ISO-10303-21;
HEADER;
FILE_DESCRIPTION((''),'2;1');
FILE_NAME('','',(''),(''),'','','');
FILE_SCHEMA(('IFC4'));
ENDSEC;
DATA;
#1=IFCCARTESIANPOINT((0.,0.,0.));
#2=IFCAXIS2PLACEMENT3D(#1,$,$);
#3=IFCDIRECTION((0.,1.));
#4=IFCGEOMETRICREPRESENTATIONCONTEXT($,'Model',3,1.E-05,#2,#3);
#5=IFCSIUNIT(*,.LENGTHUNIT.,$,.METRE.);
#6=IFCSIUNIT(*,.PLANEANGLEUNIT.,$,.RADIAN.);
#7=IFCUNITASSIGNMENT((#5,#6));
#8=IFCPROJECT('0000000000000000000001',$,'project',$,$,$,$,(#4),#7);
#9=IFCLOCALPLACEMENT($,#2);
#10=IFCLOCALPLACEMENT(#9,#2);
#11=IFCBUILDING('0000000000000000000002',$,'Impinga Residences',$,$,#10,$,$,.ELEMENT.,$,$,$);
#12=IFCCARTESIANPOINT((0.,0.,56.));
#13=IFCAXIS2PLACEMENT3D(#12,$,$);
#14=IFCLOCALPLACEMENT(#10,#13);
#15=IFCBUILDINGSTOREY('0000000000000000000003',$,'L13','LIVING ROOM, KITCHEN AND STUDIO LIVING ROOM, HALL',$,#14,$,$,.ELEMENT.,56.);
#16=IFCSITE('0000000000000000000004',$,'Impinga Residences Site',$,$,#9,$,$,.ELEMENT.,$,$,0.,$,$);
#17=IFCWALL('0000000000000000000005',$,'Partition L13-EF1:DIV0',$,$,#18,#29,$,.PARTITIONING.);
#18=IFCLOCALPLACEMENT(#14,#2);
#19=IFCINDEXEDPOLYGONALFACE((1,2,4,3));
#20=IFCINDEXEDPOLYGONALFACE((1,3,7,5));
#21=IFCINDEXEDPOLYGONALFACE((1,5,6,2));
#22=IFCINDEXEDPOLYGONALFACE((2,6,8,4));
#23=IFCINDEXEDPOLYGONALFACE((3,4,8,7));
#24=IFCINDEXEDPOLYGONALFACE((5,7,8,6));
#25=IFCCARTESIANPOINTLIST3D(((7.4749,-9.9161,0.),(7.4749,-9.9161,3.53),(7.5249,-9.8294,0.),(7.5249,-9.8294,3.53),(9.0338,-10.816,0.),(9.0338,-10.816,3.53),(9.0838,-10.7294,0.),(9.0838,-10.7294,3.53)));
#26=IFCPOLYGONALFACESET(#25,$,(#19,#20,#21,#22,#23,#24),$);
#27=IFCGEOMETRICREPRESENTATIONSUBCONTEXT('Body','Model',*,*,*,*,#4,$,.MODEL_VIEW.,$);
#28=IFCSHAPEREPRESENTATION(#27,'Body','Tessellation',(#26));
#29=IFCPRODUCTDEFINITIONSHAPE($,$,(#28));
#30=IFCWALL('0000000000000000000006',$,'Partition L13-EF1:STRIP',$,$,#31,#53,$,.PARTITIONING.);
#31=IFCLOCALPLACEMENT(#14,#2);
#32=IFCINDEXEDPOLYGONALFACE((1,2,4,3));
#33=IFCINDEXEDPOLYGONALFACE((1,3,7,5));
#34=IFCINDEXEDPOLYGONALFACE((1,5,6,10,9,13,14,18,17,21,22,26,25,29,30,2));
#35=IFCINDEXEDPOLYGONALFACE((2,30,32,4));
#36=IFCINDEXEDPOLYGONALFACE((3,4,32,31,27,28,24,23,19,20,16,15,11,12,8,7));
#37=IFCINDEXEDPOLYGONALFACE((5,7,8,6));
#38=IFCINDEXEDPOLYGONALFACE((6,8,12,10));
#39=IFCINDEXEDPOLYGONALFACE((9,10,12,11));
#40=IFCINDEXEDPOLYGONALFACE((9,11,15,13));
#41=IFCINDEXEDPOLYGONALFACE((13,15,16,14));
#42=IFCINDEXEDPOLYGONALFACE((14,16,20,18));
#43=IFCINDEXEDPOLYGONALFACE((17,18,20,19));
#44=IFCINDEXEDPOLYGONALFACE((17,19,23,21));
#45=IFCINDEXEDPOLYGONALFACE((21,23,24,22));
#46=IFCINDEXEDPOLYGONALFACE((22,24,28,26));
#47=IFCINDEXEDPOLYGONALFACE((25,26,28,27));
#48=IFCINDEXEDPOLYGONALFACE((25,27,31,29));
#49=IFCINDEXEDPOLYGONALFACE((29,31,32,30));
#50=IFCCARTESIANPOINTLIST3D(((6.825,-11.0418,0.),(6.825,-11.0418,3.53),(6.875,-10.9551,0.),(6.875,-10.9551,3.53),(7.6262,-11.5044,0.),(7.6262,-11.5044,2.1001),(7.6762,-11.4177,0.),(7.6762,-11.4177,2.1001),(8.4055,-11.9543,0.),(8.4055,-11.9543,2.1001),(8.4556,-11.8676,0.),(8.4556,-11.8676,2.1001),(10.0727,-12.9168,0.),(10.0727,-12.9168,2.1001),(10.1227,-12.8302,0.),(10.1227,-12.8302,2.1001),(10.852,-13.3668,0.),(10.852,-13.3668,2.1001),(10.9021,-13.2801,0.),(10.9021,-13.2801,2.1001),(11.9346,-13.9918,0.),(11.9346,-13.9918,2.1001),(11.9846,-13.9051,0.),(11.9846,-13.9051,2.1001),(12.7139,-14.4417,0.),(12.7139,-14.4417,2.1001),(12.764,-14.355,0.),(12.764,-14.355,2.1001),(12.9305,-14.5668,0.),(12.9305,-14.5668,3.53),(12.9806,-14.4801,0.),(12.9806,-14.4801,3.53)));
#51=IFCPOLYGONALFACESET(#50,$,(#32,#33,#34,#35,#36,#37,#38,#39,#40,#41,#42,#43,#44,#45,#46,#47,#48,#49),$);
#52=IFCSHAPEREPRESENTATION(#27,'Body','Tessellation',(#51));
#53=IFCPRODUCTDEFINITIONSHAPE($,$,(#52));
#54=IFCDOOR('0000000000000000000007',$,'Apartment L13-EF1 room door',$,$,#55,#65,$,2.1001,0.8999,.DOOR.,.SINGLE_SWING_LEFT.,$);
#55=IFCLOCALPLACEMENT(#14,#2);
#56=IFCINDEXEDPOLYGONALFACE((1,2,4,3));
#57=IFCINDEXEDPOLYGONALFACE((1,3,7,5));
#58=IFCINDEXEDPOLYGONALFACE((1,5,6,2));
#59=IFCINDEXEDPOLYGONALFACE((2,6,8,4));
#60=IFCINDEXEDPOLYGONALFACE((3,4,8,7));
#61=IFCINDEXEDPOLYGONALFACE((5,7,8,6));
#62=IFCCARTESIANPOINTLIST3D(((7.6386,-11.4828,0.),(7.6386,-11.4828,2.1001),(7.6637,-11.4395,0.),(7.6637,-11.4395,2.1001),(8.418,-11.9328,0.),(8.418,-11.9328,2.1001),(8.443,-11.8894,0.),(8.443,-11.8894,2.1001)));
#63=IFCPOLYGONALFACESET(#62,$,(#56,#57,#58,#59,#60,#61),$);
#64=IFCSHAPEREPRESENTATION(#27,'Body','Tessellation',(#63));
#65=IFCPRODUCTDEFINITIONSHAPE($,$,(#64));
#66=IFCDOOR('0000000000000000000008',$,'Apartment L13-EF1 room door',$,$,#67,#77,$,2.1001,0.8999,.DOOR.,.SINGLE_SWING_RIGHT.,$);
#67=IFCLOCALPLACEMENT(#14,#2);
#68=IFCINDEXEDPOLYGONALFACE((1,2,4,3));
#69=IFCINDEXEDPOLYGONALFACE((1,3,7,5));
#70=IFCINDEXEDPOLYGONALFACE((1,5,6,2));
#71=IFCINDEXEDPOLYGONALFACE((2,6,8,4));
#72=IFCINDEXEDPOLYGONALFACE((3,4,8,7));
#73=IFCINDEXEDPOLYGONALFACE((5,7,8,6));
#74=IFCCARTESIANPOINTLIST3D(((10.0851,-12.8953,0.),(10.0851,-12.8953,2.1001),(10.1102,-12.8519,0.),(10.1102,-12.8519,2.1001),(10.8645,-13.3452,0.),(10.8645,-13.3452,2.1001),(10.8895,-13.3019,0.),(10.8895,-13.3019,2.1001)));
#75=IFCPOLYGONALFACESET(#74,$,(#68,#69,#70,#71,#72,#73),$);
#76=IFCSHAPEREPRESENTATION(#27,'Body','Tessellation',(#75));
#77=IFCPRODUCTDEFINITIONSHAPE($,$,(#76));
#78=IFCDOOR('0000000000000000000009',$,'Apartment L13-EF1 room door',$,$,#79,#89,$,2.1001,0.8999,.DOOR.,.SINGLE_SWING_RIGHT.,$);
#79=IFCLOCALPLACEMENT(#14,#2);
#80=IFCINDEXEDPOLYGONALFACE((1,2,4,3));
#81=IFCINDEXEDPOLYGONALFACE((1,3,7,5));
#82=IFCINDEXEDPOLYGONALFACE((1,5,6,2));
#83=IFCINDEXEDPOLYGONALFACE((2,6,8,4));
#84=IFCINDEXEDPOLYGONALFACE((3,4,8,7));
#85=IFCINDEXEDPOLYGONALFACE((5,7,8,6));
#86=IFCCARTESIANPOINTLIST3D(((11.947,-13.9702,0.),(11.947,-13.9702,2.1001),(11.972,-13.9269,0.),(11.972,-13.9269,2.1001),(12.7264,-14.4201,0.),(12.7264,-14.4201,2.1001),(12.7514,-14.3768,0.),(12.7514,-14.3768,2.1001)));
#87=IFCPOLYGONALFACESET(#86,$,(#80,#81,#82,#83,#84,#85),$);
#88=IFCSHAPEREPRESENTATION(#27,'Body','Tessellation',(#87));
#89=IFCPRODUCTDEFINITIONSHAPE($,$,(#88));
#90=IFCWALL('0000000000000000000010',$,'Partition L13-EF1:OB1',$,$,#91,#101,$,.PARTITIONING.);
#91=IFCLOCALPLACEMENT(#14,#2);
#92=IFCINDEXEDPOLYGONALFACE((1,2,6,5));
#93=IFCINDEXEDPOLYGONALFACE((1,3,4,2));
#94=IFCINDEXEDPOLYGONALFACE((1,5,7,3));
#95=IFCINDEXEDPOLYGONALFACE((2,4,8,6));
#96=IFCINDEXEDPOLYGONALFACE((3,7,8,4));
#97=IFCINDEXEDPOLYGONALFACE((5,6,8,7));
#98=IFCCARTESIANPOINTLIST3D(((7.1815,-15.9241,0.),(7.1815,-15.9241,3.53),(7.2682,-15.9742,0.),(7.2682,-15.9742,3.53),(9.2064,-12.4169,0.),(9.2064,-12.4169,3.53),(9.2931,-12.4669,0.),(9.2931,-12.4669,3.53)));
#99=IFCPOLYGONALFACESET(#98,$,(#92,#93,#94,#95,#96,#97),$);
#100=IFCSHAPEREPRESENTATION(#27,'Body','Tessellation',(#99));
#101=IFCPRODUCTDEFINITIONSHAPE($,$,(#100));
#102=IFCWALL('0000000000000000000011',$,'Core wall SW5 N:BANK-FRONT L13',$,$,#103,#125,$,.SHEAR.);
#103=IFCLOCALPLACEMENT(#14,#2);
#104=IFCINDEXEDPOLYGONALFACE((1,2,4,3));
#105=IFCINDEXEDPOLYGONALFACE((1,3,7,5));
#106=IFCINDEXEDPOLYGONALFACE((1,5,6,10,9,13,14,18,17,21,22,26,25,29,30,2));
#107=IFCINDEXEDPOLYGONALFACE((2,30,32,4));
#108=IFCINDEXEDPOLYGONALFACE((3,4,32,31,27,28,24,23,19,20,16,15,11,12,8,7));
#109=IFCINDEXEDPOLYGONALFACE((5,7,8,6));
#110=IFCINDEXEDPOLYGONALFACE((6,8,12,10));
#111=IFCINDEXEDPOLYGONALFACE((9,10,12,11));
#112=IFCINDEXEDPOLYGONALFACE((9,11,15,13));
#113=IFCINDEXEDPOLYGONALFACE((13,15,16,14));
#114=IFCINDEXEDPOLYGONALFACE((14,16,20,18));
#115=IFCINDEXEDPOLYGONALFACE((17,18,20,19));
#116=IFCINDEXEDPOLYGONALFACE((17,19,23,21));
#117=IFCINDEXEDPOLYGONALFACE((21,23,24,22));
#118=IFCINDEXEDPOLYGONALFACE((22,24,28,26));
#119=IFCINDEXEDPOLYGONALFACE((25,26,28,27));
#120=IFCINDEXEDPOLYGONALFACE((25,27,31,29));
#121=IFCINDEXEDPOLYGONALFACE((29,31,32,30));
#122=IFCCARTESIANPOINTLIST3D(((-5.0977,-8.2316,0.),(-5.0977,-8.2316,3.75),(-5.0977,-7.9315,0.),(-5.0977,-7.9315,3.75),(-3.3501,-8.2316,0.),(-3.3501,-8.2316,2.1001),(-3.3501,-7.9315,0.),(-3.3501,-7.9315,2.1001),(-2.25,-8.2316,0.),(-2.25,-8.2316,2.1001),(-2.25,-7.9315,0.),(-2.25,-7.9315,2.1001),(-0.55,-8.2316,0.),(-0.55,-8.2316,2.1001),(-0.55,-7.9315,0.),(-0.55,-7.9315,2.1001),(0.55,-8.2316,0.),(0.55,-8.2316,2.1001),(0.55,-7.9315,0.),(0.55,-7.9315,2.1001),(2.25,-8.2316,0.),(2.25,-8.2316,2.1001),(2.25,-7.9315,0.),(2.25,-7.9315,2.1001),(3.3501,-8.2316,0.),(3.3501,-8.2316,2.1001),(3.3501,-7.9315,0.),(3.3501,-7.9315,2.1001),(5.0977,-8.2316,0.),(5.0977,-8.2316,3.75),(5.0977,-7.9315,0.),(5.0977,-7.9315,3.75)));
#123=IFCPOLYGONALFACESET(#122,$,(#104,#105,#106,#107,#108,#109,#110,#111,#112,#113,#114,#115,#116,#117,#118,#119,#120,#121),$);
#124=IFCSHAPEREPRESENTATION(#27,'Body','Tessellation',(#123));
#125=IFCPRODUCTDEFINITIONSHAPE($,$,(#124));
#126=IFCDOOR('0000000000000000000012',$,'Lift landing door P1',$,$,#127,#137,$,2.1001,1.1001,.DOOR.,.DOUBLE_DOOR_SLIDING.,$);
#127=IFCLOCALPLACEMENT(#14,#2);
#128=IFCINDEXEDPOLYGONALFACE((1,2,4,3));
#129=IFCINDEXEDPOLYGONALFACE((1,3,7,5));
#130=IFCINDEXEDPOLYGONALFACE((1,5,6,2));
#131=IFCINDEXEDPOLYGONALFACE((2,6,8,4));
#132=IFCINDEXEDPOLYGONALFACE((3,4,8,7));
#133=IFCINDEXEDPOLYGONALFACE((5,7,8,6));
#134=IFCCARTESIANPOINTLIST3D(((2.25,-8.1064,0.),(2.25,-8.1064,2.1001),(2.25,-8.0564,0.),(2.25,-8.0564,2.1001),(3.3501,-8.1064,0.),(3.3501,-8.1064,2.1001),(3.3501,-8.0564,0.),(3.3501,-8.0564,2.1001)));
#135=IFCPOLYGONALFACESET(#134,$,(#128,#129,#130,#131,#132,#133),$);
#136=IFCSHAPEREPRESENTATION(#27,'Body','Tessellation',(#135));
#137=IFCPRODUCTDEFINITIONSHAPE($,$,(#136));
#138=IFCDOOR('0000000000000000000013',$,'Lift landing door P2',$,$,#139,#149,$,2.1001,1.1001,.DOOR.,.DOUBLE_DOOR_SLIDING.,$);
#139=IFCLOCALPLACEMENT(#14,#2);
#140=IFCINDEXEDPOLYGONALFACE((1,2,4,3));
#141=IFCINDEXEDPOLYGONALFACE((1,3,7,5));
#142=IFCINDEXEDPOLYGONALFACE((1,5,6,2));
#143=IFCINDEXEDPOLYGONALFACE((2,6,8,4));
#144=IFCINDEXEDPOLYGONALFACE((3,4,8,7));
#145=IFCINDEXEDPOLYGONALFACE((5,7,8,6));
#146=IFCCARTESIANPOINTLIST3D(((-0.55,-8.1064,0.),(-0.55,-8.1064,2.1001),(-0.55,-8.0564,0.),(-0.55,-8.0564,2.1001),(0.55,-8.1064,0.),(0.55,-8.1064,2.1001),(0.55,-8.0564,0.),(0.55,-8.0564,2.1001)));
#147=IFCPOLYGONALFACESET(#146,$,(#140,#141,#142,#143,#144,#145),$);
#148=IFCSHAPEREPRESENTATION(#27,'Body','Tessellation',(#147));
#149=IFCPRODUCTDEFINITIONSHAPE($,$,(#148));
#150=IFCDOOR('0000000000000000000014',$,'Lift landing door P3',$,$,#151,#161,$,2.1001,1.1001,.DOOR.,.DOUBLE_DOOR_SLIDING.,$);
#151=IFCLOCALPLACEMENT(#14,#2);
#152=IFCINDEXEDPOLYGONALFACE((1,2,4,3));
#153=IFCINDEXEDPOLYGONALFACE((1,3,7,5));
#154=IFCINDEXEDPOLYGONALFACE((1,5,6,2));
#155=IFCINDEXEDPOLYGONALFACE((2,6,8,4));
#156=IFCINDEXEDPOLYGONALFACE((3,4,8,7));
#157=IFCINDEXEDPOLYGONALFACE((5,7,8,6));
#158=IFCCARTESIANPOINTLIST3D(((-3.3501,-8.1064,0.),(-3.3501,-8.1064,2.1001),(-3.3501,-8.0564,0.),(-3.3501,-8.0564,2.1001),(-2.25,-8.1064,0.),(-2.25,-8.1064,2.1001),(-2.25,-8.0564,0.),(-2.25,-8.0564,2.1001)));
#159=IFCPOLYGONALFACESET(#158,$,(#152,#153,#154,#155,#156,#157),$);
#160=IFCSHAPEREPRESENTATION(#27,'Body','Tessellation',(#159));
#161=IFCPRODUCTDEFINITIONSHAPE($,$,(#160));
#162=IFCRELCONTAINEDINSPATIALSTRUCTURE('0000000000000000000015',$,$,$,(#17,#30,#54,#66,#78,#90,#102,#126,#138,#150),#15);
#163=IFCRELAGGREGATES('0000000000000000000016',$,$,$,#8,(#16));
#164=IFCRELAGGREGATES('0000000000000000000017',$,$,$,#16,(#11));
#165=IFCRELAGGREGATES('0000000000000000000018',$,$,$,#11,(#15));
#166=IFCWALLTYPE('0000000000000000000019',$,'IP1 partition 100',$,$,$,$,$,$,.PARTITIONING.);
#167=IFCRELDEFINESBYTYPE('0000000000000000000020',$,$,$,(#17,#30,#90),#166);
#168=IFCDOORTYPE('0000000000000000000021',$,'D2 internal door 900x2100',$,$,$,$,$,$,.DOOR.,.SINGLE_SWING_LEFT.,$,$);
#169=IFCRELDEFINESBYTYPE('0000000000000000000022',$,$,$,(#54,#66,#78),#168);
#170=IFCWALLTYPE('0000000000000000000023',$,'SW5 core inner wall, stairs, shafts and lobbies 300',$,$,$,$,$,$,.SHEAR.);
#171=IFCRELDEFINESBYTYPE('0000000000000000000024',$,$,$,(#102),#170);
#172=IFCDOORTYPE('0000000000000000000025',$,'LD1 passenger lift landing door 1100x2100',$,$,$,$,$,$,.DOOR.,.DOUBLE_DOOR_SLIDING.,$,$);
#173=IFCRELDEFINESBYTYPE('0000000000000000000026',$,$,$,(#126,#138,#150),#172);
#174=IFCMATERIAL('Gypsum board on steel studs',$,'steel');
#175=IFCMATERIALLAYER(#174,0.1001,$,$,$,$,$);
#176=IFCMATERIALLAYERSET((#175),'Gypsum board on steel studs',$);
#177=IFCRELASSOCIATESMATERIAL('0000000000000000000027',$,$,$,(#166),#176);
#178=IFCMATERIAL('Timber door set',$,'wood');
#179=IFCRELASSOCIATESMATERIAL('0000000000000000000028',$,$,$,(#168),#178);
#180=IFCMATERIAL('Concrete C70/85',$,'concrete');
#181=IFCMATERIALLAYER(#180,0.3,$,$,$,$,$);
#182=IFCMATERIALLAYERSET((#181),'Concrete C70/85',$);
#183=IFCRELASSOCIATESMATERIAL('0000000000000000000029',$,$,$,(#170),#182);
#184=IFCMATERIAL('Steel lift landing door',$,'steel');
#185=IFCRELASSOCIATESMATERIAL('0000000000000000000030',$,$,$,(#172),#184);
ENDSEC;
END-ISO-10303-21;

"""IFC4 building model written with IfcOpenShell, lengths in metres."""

from ifc_helpers import new_model, si_unit, direction, frame, frame_2d, origin, place, context, subcontext, project, spatial, rectangle, extrude, material, layer, layer_set, type_object, element, fill, save


model = new_model("IFC4")

# Units and contexts
model_context = context("Model", 3, precision=1e-05, world=origin(), true_north=direction((0.0, 1.0)))
body_context = subcontext(model_context, "Body", "Model", "MODEL_VIEW")
ifc_project = project(units=[si_unit("LENGTHUNIT", "METRE"), si_unit("PLANEANGLEUNIT", "RADIAN")], contexts=[model_context])

# Site, building, storey
site_placement = place(None, origin())
site = spatial("IfcSite", under=ifc_project, at=site_placement, Name="Impinga Residences Site", CompositionType="ELEMENT", RefElevation=0.0)
building_placement = place(site_placement, origin())
building = spatial("IfcBuilding", under=site, at=building_placement, Name="Impinga Residences", CompositionType="ELEMENT")
storey_placement = place(building_placement, frame((0.0, 0.0, 56.0)))
storey = spatial("IfcBuildingStorey", under=building, at=storey_placement, Name="L13", Description="LIVING ROOM, KITCHEN AND STUDIO LIVING ROOM, HALL", CompositionType="ELEMENT", Elevation=56.0)

# Shared definitions
ifc_material_1 = material(Name="Concrete C70/85", Category="concrete")

# Shared definitions
ifc_material_2 = material(Name="Timber door set", Category="wood")

# Wall
ifc_material_3 = material(Name="Gypsum board on steel studs", Category="steel")
ifc_layer_1 = layer(ifc_material_3, 0.1001)
ifc_layer_set_1 = layer_set([ifc_layer_1], Name="Gypsum board on steel studs")
wall_type_1 = type_object("IfcWallType", Name="IP1 partition 100", PredefinedType="PARTITIONING", material=ifc_layer_set_1)
wall_1_placement = place(storey_placement, frame((7.5, -9.8728, 0.0), z_axis=(0.0, 0.0, 1.0), x_axis=(0.866048, -0.499961, 0.0)))
element("IfcWall", 1, at=wall_1_placement, inside=storey, type_object=wall_type_1, Name="Partition L13-EF1:DIV0", PredefinedType="PARTITIONING", context=body_context, shape_type="SweptSolid", body=[
    extrude(rectangle(XDim=1.8, YDim=0.1001, at=frame_2d((0.8999, 0.0))), origin(), (0.0, 0.0, 1.0), 3.53),
])

# Wall, openings, doors
wall_2_placement = place(storey_placement, frame((6.8501, -10.9985, 0.0), z_axis=(0.0, 0.0, 1.0), x_axis=(0.866031, -0.49999, 0.0)))
wall_2 = element("IfcWall", 2, at=wall_2_placement, inside=storey, type_object=wall_type_1, Name="Partition L13-EF1:STRIP", PredefinedType="PARTITIONING", context=body_context, shape_type="SweptSolid", body=[
    extrude(rectangle(XDim=7.05, YDim=0.1001, at=frame_2d((3.5249, 0.0))), origin(), (0.0, 0.0, 1.0), 3.53),
])
opening_1_placement = place(wall_2_placement, frame((0.925, 0.0, 0.0)))
opening_1 = element("IfcOpeningElement", 3, at=opening_1_placement, cuts=wall_2, PredefinedType="OPENING", context=body_context, shape_type="SweptSolid", body=[
    extrude(rectangle(XDim=0.8999, YDim=2.1001, at=frame_2d((0.45, 1.05))), frame((0.0, 0.0601, 0.0), z_axis=(0.0, -1.0, 0.0), x_axis=(1.0, 0.0, 0.0)), (0.0, 0.0, 1.0), 0.1201),
])
opening_2_placement = place(wall_2_placement, frame((3.75, 0.0, 0.0)))
opening_2 = element("IfcOpeningElement", 4, at=opening_2_placement, cuts=wall_2, PredefinedType="OPENING", context=body_context, shape_type="SweptSolid", body=[
    extrude(rectangle(XDim=0.8999, YDim=2.1001, at=frame_2d((0.45, 1.05))), frame((0.0, 0.0601, 0.0), z_axis=(0.0, -1.0, 0.0), x_axis=(1.0, 0.0, 0.0)), (0.0, 0.0, 1.0), 0.1201),
])
opening_3_placement = place(wall_2_placement, frame((5.8999, 0.0, 0.0)))
opening_3 = element("IfcOpeningElement", 5, at=opening_3_placement, cuts=wall_2, PredefinedType="OPENING", context=body_context, shape_type="SweptSolid", body=[
    extrude(rectangle(XDim=0.8999, YDim=2.1001, at=frame_2d((0.45, 1.05))), frame((0.0, 0.0601, 0.0), z_axis=(0.0, -1.0, 0.0), x_axis=(1.0, 0.0, 0.0)), (0.0, 0.0, 1.0), 0.1201),
])
door_type_1 = type_object("IfcDoorType", Name="D2 internal door 900x2100", OperationType="SINGLE_SWING_LEFT", PredefinedType="DOOR", material=ifc_material_2)
door_1_placement = place(opening_1_placement, origin())
door_1 = element("IfcDoor", 6, at=door_1_placement, inside=storey, type_object=door_type_1, Name="Apartment L13-EF1 room door", OperationType="SINGLE_SWING_LEFT", OverallHeight=2.1001, OverallWidth=0.8999, PredefinedType="DOOR", context=body_context, shape_type="SweptSolid", body=[
    extrude(rectangle(XDim=0.8999, YDim=2.1001, at=frame_2d((0.45, 1.05))), frame((0.0, 0.0249, 0.0), z_axis=(0.0, -1.0, 0.0), x_axis=(1.0, 0.0, 0.0)), (0.0, 0.0, 1.0), 0.05),
])
fill(opening_1, door_1)
door_2_placement = place(opening_2_placement, origin())
door_2 = element("IfcDoor", 7, at=door_2_placement, inside=storey, type_object=door_type_1, Name="Apartment L13-EF1 room door", OperationType="SINGLE_SWING_RIGHT", OverallHeight=2.1001, OverallWidth=0.8999, PredefinedType="DOOR", context=body_context, shape_type="SweptSolid", body=[
    extrude(rectangle(XDim=0.8999, YDim=2.1001, at=frame_2d((0.45, 1.05))), frame((0.0, 0.0249, 0.0), z_axis=(0.0, -1.0, 0.0), x_axis=(1.0, 0.0, 0.0)), (0.0, 0.0, 1.0), 0.05),
])
fill(opening_2, door_2)
door_3_placement = place(opening_3_placement, origin())
door_3 = element("IfcDoor", 8, at=door_3_placement, inside=storey, type_object=door_type_1, Name="Apartment L13-EF1 room door", OperationType="SINGLE_SWING_RIGHT", OverallHeight=2.1001, OverallWidth=0.8999, PredefinedType="DOOR", context=body_context, shape_type="SweptSolid", body=[
    extrude(rectangle(XDim=0.8999, YDim=2.1001, at=frame_2d((0.45, 1.05))), frame((0.0, 0.0249, 0.0), z_axis=(0.0, -1.0, 0.0), x_axis=(1.0, 0.0, 0.0)), (0.0, 0.0, 1.0), 0.05),
])
fill(opening_3, door_3)

# Wall
wall_3_placement = place(storey_placement, frame((9.2498, -12.4419, 0.0), z_axis=(0.0, 0.0, 1.0), x_axis=(-0.49999, -0.866031, 0.0)))
element("IfcWall", 9, at=wall_3_placement, inside=storey, type_object=wall_type_1, Name="Partition L13-EF1:OB1", PredefinedType="PARTITIONING", context=body_context, shape_type="SweptSolid", body=[
    extrude(rectangle(XDim=4.0498, YDim=0.1001, at=frame_2d((2.0249, 0.0))), origin(), (0.0, 0.0, 1.0), 3.53),
])

# Wall, openings, doors
ifc_layer_2 = layer(ifc_material_1, 0.3)
ifc_layer_set_2 = layer_set([ifc_layer_2], Name="Concrete C70/85")
wall_type_2 = type_object("IfcWallType", Name="SW5 core inner wall, stairs, shafts and lobbies 300", PredefinedType="SHEAR", material=ifc_layer_set_2)
wall_4_placement = place(storey_placement, frame((5.0977, -8.0815, 0.0), z_axis=(0.0, 0.0, 1.0), x_axis=(-1.0, 0.0, 0.0)))
wall_4 = element("IfcWall", 10, at=wall_4_placement, inside=storey, type_object=wall_type_2, Name="Core wall SW5 N:BANK-FRONT L13", PredefinedType="SHEAR", context=body_context, shape_type="SweptSolid", body=[
    extrude(rectangle(XDim=10.1953, YDim=0.3, at=frame_2d((5.0977, 0.0))), origin(), (0.0, 0.0, 1.0), 3.75),
])
opening_4_placement = place(wall_4_placement, frame((1.7476, 0.0, 0.0)))
opening_4 = element("IfcOpeningElement", 11, at=opening_4_placement, cuts=wall_4, PredefinedType="OPENING", context=body_context, shape_type="SweptSolid", body=[
    extrude(rectangle(XDim=1.1001, YDim=2.1001, at=frame_2d((0.55, 1.05))), frame((0.0, 0.1599, 0.0), z_axis=(0.0, -1.0, 0.0), x_axis=(1.0, 0.0, 0.0)), (0.0, 0.0, 1.0), 0.3201),
])
opening_5_placement = place(wall_4_placement, frame((4.5476, 0.0, 0.0)))
opening_5 = element("IfcOpeningElement", 12, at=opening_5_placement, cuts=wall_4, PredefinedType="OPENING", context=body_context, shape_type="SweptSolid", body=[
    extrude(rectangle(XDim=1.1001, YDim=2.1001, at=frame_2d((0.55, 1.05))), frame((0.0, 0.1599, 0.0), z_axis=(0.0, -1.0, 0.0), x_axis=(1.0, 0.0, 0.0)), (0.0, 0.0, 1.0), 0.3201),
])
opening_6_placement = place(wall_4_placement, frame((7.3477, 0.0, 0.0)))
opening_6 = element("IfcOpeningElement", 13, at=opening_6_placement, cuts=wall_4, PredefinedType="OPENING", context=body_context, shape_type="SweptSolid", body=[
    extrude(rectangle(XDim=1.1001, YDim=2.1001, at=frame_2d((0.55, 1.05))), frame((0.0, 0.1599, 0.0), z_axis=(0.0, -1.0, 0.0), x_axis=(1.0, 0.0, 0.0)), (0.0, 0.0, 1.0), 0.3201),
])
ifc_material_4 = material(Name="Steel lift landing door", Category="steel")
door_type_2 = type_object("IfcDoorType", Name="LD1 passenger lift landing door 1100x2100", OperationType="DOUBLE_DOOR_SLIDING", PredefinedType="DOOR", material=ifc_material_4)
door_4_placement = place(opening_4_placement, origin())
door_4 = element("IfcDoor", 14, at=door_4_placement, inside=storey, type_object=door_type_2, Name="Lift landing door P1", OperationType="DOUBLE_DOOR_SLIDING", OverallHeight=2.1001, OverallWidth=1.1001, PredefinedType="DOOR", context=body_context, shape_type="SweptSolid", body=[
    extrude(rectangle(XDim=1.1001, YDim=2.1001, at=frame_2d((0.55, 1.05))), frame((0.0, 0.0249, 0.0), z_axis=(0.0, -1.0, 0.0), x_axis=(1.0, 0.0, 0.0)), (0.0, 0.0, 1.0), 0.05),
])
fill(opening_4, door_4)
door_5_placement = place(opening_5_placement, origin())
door_5 = element("IfcDoor", 15, at=door_5_placement, inside=storey, type_object=door_type_2, Name="Lift landing door P2", OperationType="DOUBLE_DOOR_SLIDING", OverallHeight=2.1001, OverallWidth=1.1001, PredefinedType="DOOR", context=body_context, shape_type="SweptSolid", body=[
    extrude(rectangle(XDim=1.1001, YDim=2.1001, at=frame_2d((0.55, 1.05))), frame((0.0, 0.0249, 0.0), z_axis=(0.0, -1.0, 0.0), x_axis=(1.0, 0.0, 0.0)), (0.0, 0.0, 1.0), 0.05),
])
fill(opening_5, door_5)
door_6_placement = place(opening_6_placement, origin())
door_6 = element("IfcDoor", 16, at=door_6_placement, inside=storey, type_object=door_type_2, Name="Lift landing door P3", OperationType="DOUBLE_DOOR_SLIDING", OverallHeight=2.1001, OverallWidth=1.1001, PredefinedType="DOOR", context=body_context, shape_type="SweptSolid", body=[
    extrude(rectangle(XDim=1.1001, YDim=2.1001, at=frame_2d((0.55, 1.05))), frame((0.0, 0.0249, 0.0), z_axis=(0.0, -1.0, 0.0), x_axis=(1.0, 0.0, 0.0)), (0.0, 0.0, 1.0), 0.05),
])
fill(opening_6, door_6)

save(model, "model.ifc")
